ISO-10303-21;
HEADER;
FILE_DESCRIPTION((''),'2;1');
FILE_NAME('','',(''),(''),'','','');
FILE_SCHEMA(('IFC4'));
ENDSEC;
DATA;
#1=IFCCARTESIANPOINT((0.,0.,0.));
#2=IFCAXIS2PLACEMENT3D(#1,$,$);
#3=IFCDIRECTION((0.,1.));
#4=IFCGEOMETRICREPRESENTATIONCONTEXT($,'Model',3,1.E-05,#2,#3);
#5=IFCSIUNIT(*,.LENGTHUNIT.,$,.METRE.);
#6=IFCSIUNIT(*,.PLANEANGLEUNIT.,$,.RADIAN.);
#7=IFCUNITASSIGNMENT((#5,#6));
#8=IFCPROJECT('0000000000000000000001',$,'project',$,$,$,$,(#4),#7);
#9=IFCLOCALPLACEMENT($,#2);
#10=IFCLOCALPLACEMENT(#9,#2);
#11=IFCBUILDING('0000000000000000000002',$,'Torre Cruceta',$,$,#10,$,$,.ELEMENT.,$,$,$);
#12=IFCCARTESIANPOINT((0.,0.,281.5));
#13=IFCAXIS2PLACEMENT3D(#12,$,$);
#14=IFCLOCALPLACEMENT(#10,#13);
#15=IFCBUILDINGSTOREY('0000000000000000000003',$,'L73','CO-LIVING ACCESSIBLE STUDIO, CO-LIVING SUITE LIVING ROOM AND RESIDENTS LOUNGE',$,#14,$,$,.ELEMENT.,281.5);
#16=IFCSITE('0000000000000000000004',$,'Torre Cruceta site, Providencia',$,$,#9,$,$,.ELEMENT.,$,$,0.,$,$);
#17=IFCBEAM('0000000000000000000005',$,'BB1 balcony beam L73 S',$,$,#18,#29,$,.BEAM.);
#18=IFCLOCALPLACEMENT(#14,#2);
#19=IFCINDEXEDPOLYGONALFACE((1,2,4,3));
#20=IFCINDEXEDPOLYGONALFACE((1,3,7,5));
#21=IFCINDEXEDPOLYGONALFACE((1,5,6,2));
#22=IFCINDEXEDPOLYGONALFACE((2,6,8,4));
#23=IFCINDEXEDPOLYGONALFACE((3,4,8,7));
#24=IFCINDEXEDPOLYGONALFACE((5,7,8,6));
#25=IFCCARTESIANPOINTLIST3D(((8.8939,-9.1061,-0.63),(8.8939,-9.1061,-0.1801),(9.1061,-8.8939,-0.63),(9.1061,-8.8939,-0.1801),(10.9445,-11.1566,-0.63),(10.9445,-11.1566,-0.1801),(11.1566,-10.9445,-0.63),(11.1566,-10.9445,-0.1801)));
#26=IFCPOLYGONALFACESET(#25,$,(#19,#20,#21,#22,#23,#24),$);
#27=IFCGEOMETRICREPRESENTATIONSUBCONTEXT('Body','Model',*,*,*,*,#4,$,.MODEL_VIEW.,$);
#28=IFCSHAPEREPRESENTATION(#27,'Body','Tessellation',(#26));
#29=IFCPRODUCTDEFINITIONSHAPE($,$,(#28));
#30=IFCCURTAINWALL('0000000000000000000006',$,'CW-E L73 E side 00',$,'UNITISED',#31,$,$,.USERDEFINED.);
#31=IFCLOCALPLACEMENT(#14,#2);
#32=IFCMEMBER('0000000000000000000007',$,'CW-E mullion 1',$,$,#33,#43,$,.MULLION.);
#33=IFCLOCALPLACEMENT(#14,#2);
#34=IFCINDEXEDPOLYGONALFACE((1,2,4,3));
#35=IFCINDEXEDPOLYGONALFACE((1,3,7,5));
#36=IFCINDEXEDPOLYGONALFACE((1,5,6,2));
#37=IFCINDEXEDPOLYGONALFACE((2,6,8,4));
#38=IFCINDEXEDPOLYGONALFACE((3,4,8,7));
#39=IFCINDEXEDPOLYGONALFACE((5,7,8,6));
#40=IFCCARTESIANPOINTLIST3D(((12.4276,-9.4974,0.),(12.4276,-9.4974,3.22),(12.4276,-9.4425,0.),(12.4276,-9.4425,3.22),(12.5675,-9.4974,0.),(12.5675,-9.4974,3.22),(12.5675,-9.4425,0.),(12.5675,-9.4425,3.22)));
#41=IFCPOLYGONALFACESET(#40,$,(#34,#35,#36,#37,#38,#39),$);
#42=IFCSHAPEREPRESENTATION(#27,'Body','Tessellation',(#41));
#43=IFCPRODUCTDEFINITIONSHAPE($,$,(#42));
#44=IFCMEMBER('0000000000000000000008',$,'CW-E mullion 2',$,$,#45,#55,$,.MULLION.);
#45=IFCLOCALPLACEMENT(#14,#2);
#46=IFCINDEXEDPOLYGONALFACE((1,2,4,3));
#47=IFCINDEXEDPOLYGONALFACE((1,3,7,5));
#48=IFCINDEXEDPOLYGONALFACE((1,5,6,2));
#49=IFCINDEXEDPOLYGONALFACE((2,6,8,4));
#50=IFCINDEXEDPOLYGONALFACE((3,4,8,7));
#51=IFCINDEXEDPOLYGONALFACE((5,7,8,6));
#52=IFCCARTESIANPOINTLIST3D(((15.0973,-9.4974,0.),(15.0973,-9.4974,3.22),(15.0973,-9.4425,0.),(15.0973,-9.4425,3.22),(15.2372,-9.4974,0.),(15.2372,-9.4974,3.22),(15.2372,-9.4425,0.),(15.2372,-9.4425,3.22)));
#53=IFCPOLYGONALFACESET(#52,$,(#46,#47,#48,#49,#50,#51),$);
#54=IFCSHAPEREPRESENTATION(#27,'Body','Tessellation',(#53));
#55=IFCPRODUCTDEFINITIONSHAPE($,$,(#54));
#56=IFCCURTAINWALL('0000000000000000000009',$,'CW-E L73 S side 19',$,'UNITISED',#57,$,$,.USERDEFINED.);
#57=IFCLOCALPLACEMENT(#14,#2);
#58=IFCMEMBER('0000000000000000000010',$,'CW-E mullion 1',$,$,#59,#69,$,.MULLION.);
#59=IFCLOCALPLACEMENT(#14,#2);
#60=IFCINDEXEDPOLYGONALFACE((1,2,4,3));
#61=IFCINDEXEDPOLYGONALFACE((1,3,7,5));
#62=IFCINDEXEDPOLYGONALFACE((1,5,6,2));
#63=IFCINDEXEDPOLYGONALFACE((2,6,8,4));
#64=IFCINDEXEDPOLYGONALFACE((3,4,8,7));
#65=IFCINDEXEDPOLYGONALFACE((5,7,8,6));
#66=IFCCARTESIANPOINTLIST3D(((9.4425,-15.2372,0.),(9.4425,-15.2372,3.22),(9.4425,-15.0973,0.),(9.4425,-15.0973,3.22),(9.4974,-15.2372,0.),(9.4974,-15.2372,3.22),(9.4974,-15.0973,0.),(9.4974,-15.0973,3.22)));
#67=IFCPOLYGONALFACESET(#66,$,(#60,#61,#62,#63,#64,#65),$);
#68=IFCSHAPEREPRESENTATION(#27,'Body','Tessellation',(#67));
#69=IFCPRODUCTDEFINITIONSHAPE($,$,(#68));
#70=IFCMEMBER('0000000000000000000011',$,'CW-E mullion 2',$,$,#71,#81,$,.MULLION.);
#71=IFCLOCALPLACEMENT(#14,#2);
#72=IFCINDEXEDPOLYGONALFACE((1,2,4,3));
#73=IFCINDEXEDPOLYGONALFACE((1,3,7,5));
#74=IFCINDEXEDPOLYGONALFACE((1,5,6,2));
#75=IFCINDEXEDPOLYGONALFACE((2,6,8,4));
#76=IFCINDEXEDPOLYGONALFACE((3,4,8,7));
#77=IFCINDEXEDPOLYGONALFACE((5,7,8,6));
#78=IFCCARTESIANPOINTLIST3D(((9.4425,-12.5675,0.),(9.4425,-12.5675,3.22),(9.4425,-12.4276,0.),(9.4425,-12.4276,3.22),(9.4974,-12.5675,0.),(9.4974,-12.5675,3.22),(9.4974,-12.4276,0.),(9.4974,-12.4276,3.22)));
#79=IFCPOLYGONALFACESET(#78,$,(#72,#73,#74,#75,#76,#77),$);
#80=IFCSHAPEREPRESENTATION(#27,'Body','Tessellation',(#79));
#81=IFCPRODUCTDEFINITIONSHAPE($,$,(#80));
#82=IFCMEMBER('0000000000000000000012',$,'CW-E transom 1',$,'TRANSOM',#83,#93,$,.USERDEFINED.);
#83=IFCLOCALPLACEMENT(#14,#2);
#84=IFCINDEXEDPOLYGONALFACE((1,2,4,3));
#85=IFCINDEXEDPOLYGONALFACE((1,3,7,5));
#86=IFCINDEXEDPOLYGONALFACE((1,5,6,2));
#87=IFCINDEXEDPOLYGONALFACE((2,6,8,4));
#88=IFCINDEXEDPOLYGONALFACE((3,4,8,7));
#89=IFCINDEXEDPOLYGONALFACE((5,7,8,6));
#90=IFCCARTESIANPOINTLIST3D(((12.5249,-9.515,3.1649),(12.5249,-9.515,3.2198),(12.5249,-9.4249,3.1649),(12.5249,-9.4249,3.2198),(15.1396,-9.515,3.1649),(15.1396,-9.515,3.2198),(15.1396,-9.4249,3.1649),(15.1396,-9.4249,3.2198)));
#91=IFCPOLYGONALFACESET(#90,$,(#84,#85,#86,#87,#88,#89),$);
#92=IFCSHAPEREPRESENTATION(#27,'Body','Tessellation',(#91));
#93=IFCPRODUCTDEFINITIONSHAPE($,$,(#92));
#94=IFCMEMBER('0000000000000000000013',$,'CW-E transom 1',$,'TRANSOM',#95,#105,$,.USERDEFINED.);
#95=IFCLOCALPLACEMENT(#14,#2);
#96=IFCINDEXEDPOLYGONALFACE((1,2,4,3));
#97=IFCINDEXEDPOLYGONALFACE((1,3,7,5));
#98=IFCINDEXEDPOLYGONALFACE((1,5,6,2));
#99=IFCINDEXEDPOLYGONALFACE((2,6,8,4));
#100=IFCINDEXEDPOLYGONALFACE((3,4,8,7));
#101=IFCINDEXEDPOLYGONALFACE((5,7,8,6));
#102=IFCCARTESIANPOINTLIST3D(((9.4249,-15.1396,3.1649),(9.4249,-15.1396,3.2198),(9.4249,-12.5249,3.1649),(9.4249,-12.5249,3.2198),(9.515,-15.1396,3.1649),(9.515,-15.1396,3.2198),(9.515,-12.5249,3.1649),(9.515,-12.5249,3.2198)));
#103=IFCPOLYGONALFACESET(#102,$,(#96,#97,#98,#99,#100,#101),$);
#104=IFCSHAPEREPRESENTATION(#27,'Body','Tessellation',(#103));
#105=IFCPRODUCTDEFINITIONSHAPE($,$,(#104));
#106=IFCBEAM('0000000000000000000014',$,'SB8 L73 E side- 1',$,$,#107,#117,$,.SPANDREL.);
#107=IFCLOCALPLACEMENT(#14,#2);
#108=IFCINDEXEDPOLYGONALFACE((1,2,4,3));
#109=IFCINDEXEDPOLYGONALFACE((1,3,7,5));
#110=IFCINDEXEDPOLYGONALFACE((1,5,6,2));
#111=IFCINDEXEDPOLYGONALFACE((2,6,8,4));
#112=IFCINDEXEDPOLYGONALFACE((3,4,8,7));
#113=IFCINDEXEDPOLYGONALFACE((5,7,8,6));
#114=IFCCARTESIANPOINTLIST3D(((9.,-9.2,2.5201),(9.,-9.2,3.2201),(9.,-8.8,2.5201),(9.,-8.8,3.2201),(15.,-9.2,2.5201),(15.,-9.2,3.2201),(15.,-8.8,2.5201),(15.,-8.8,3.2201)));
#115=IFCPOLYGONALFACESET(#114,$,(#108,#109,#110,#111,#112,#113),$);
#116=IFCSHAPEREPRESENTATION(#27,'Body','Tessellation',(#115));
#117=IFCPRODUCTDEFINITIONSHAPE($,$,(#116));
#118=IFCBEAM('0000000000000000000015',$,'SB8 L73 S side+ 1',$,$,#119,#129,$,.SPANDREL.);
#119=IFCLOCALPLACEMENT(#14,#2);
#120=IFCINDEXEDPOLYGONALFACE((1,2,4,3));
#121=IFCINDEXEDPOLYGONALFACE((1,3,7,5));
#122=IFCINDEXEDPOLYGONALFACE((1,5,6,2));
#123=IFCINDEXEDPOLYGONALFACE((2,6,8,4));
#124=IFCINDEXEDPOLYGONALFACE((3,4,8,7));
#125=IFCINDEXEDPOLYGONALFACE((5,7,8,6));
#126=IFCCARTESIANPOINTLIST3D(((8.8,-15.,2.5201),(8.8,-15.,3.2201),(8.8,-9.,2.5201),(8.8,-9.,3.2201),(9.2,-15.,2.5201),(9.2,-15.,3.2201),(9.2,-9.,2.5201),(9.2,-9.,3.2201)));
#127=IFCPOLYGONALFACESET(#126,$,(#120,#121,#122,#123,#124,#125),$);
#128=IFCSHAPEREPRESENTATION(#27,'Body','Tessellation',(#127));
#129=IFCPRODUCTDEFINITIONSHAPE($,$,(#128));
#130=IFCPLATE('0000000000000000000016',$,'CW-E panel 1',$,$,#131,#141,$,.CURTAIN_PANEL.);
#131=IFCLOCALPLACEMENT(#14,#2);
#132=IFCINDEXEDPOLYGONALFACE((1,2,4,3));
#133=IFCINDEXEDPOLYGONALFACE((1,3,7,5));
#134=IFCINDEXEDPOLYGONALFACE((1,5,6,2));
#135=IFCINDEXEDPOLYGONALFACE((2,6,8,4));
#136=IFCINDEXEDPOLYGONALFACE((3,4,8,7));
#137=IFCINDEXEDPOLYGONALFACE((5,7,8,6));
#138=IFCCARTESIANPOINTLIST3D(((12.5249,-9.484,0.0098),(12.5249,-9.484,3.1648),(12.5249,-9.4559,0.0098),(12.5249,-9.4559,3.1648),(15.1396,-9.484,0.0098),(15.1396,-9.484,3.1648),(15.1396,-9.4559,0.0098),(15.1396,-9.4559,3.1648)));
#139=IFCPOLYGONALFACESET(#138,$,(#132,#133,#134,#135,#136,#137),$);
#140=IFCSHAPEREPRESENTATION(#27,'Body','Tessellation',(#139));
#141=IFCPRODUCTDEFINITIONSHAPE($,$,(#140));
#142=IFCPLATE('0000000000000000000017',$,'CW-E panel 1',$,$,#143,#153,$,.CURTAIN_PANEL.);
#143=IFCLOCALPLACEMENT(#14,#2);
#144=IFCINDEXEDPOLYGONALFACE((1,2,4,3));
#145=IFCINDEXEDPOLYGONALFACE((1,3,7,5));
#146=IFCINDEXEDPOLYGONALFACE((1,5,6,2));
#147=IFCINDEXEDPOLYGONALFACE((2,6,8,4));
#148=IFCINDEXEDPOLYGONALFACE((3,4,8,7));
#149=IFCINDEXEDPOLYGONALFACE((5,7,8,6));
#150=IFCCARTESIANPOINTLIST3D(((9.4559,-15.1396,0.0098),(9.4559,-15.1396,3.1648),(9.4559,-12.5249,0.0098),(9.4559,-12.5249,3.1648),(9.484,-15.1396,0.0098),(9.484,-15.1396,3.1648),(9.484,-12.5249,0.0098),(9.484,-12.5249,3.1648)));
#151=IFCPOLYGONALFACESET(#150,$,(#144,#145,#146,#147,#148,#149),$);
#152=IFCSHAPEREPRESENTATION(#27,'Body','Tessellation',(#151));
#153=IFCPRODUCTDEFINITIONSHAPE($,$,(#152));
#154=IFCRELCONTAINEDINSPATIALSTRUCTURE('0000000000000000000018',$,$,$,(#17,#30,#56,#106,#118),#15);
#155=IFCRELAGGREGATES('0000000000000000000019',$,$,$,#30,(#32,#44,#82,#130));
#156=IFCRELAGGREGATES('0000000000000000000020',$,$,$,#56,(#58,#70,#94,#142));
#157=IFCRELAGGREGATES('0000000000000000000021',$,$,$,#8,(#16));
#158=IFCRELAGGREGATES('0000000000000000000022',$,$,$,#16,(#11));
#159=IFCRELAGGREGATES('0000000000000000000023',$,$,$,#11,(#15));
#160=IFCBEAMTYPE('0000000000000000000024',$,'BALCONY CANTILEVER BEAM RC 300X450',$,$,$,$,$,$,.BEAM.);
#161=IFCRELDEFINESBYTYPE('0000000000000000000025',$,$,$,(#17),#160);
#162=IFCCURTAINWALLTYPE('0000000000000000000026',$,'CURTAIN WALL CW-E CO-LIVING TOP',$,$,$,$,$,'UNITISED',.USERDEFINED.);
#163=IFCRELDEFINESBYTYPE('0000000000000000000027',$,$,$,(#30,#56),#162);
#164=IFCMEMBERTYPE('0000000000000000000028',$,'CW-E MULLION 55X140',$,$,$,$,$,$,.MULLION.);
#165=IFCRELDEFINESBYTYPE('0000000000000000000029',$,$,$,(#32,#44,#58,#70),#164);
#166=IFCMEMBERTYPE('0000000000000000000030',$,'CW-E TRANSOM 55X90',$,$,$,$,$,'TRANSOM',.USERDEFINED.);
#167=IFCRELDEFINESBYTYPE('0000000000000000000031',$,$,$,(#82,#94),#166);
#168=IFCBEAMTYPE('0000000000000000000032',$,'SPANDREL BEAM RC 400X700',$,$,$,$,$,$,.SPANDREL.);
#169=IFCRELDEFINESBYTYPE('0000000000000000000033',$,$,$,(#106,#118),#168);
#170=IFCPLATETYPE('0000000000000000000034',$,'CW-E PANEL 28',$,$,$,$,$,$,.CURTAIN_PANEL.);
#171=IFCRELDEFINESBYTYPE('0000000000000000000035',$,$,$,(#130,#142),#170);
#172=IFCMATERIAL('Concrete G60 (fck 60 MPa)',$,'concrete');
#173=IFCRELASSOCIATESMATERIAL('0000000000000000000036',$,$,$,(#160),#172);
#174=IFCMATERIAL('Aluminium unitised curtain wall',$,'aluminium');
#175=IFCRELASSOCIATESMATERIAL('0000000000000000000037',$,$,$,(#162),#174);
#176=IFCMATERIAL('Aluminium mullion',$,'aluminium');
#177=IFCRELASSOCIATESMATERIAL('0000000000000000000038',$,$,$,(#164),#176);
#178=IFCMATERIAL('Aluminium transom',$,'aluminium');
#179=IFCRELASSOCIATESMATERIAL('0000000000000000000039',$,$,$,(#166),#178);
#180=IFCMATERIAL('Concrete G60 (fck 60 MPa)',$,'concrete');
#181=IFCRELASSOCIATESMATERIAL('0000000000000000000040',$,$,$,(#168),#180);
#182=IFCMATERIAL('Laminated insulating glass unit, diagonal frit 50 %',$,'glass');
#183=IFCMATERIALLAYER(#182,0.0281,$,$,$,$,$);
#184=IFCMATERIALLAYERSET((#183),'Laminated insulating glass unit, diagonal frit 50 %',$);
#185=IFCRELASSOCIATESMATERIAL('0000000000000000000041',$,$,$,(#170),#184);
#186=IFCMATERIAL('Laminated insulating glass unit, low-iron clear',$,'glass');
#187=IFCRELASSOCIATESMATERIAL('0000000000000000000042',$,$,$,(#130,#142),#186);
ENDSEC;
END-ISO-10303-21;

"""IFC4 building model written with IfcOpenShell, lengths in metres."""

from ifc_helpers import new_model, si_unit, direction, frame, origin, origin_2d, place, context, subcontext, project, spatial, rectangle, extrude, material, layer, layer_set, material_profile, profile_set, type_object, element, aggregate, save


model = new_model("IFC4")

# Units and contexts
model_context = context("Model", 3, precision=1e-05, world=origin(), true_north=direction((0.0, 1.0)))
body_context = subcontext(model_context, "Body", "Model", "MODEL_VIEW")
ifc_project = project(units=[si_unit("LENGTHUNIT", "METRE"), si_unit("PLANEANGLEUNIT", "RADIAN")], contexts=[model_context])

# Site, building, storey
site_placement = place(None, origin())
site = spatial("IfcSite", under=ifc_project, at=site_placement, Name="Torre Cruceta site, Providencia", CompositionType="ELEMENT", RefElevation=0.0)
building_placement = place(site_placement, origin())
building = spatial("IfcBuilding", under=site, at=building_placement, Name="Torre Cruceta", CompositionType="ELEMENT")
storey_placement = place(building_placement, frame((0.0, 0.0, 281.5)))
storey = spatial("IfcBuildingStorey", under=building, at=storey_placement, Name="L73", Description="CO-LIVING ACCESSIBLE STUDIO, CO-LIVING SUITE LIVING ROOM AND RESIDENTS LOUNGE", CompositionType="ELEMENT", Elevation=281.5)

# Beam
ifc_material_1 = material(Name="Concrete G60 (fck 60 MPa)", Category="concrete")
ifc_material_profile_1 = material_profile(ifc_material_1, rectangle(XDim=0.3, YDim=0.45, at=origin_2d()), Name="RC 300X450")
ifc_profile_set_1 = profile_set([ifc_material_profile_1], Name="Concrete G60 (fck 60 MPa)")
beam_type_1 = type_object("IfcBeamType", Name="BALCONY CANTILEVER BEAM RC 300X450", PredefinedType="BEAM", material=ifc_profile_set_1)
beam_placement = place(storey_placement, frame((9.0, -9.0, -0.405), z_axis=(0.707107, -0.707107, 0.0), x_axis=(0.707107, 0.707107, 0.0)))
element("IfcBeam", 1, at=beam_placement, inside=storey, type_object=beam_type_1, Name="BB1 balcony beam L73 S", PredefinedType="BEAM", context=body_context, shape_type="SweptSolid", body=[
    extrude(rectangle(XDim=0.3, YDim=0.45, at=origin_2d()), origin(), (0.0, 0.0, 1.0), 2.8999),
])

# Curtain walls, members
ifc_material_2 = material(Name="Aluminium unitised curtain wall", Category="aluminium")
curtain_wall_type = type_object("IfcCurtainWallType", Name="CURTAIN WALL CW-E CO-LIVING TOP", ElementType="UNITISED", PredefinedType="USERDEFINED", material=ifc_material_2)
curtain_wall_1_placement = place(storey_placement, origin())
curtain_wall_1 = element("IfcCurtainWall", 2, at=curtain_wall_1_placement, inside=storey, type_object=curtain_wall_type, Name="CW-E L73 E side 00", ObjectType="UNITISED", PredefinedType="USERDEFINED")
ifc_material_3 = material(Name="Aluminium mullion", Category="aluminium")
ifc_material_profile_2 = material_profile(ifc_material_3, rectangle(XDim=0.0549, YDim=0.1399, at=origin_2d()), Name="AL 55X140")
ifc_profile_set_2 = profile_set([ifc_material_profile_2], Name="Aluminium mullion")
member_type_1 = type_object("IfcMemberType", Name="CW-E MULLION 55X140", PredefinedType="MULLION", material=ifc_profile_set_2)
member_1_placement = place(storey_placement, frame((12.4976, -9.47, 0.0), z_axis=(0.0, 0.0, 1.0), x_axis=(0.0, 1.0, 0.0)))
member_1 = element("IfcMember", 3, at=member_1_placement, type_object=member_type_1, Name="CW-E mullion 1", PredefinedType="MULLION", context=body_context, shape_type="SweptSolid", body=[
    extrude(rectangle(XDim=0.0549, YDim=0.1399, at=origin_2d()), origin(), (0.0, 0.0, 1.0), 3.22),
])
member_2_placement = place(storey_placement, frame((15.1672, -9.47, 0.0), z_axis=(0.0, 0.0, 1.0), x_axis=(0.0, 1.0, 0.0)))
member_2 = element("IfcMember", 4, at=member_2_placement, type_object=member_type_1, Name="CW-E mullion 2", PredefinedType="MULLION", context=body_context, shape_type="SweptSolid", body=[
    extrude(rectangle(XDim=0.0549, YDim=0.1399, at=origin_2d()), origin(), (0.0, 0.0, 1.0), 3.22),
])
curtain_wall_2_placement = place(storey_placement, origin())
curtain_wall_2 = element("IfcCurtainWall", 5, at=curtain_wall_2_placement, inside=storey, type_object=curtain_wall_type, Name="CW-E L73 S side 19", ObjectType="UNITISED", PredefinedType="USERDEFINED")
member_3_placement = place(storey_placement, frame((9.47, -15.1672, 0.0), z_axis=(0.0, 0.0, 1.0), x_axis=(-1.0, 0.0, 0.0)))
member_3 = element("IfcMember", 6, at=member_3_placement, type_object=member_type_1, Name="CW-E mullion 1", PredefinedType="MULLION", context=body_context, shape_type="SweptSolid", body=[
    extrude(rectangle(XDim=0.0549, YDim=0.1399, at=origin_2d()), origin(), (0.0, 0.0, 1.0), 3.22),
])
member_4_placement = place(storey_placement, frame((9.47, -12.4976, 0.0), z_axis=(0.0, 0.0, 1.0), x_axis=(-1.0, 0.0, 0.0)))
member_4 = element("IfcMember", 7, at=member_4_placement, type_object=member_type_1, Name="CW-E mullion 2", PredefinedType="MULLION", context=body_context, shape_type="SweptSolid", body=[
    extrude(rectangle(XDim=0.0549, YDim=0.1399, at=origin_2d()), origin(), (0.0, 0.0, 1.0), 3.22),
])

# Members
ifc_material_4 = material(Name="Aluminium transom", Category="aluminium")
ifc_material_profile_3 = material_profile(ifc_material_4, rectangle(XDim=0.0901, YDim=0.0549, at=origin_2d()), Name="AL 90X55")
ifc_profile_set_3 = profile_set([ifc_material_profile_3], Name="Aluminium transom")
member_type_2 = type_object("IfcMemberType", Name="CW-E TRANSOM 55X90", ElementType="TRANSOM", PredefinedType="USERDEFINED", material=ifc_profile_set_3)
member_5_placement = place(storey_placement, frame((12.5249, -9.47, 3.1924), z_axis=(1.0, 0.0, 0.0), x_axis=(0.0, 1.0, 0.0)))
member_5 = element("IfcMember", 8, at=member_5_placement, type_object=member_type_2, Name="CW-E transom 1", ObjectType="TRANSOM", PredefinedType="USERDEFINED", context=body_context, shape_type="SweptSolid", body=[
    extrude(rectangle(XDim=0.0901, YDim=0.0549, at=origin_2d()), origin(), (0.0, 0.0, 1.0), 2.6147),
])
member_6_placement = place(storey_placement, frame((9.47, -15.1396, 3.1924), z_axis=(0.0, 1.0, 0.0), x_axis=(-1.0, 0.0, 0.0)))
member_6 = element("IfcMember", 9, at=member_6_placement, type_object=member_type_2, Name="CW-E transom 1", ObjectType="TRANSOM", PredefinedType="USERDEFINED", context=body_context, shape_type="SweptSolid", body=[
    extrude(rectangle(XDim=0.0901, YDim=0.0549, at=origin_2d()), origin(), (0.0, 0.0, 1.0), 2.6147),
])

# Beams
ifc_material_5 = material(Name="Concrete G60 (fck 60 MPa)", Category="concrete")
ifc_material_profile_4 = material_profile(ifc_material_5, rectangle(XDim=0.3999, YDim=0.7, at=origin_2d()), Name="RC 400X700")
ifc_profile_set_4 = profile_set([ifc_material_profile_4], Name="Concrete G60 (fck 60 MPa)")
beam_type_2 = type_object("IfcBeamType", Name="SPANDREL BEAM RC 400X700", PredefinedType="SPANDREL", material=ifc_profile_set_4)
for number, where, z_axis, x_axis, name in (
    (10, (9.0, -9.0, 2.8701), (1.0, 0.0, 0.0), (0.0, 1.0, 0.0), "SB8 L73 E side- 1"),
    (11, (9.0, -9.0, 2.8701), (0.0, -1.0, 0.0), (1.0, 0.0, 0.0), "SB8 L73 S side+ 1"),
):
    element("IfcBeam", number, at=place(storey_placement, frame(where, z_axis=z_axis, x_axis=x_axis)), inside=storey, type_object=beam_type_2, Name=name, PredefinedType="SPANDREL", context=body_context, shape_type="SweptSolid", body=[
        extrude(rectangle(XDim=0.3999, YDim=0.7, at=origin_2d()), origin(), (0.0, 0.0, 1.0), 6.0),
    ])

# Plates
ifc_material_6 = material(Name="Laminated insulating glass unit, low-iron clear", Category="glass")
ifc_material_7 = material(Name="Laminated insulating glass unit, diagonal frit 50 %", Category="glass")
ifc_layer_1 = layer(ifc_material_7, 0.0281)
ifc_layer_set_1 = layer_set([ifc_layer_1], Name="Laminated insulating glass unit, diagonal frit 50 %")
plate_type = type_object("IfcPlateType", Name="CW-E PANEL 28", PredefinedType="CURTAIN_PANEL", material=ifc_layer_set_1)
plate_1_placement = place(storey_placement, frame((13.8323, -9.47, 0.0098), z_axis=(0.0, 0.0, 1.0), x_axis=(1.0, 0.0, 0.0)))
plate_1 = element("IfcPlate", 12, at=plate_1_placement, type_object=plate_type, material=ifc_material_6, Name="CW-E panel 1", PredefinedType="CURTAIN_PANEL", context=body_context, shape_type="SweptSolid", body=[
    extrude(rectangle(XDim=2.6147, YDim=0.0281, at=origin_2d()), origin(), (0.0, 0.0, 1.0), 3.155),
])
aggregate(curtain_wall_1, [member_1, member_2, member_5, plate_1])
plate_2_placement = place(storey_placement, frame((9.47, -13.8323, 0.0098), z_axis=(0.0, 0.0, 1.0), x_axis=(0.0, 1.0, 0.0)))
plate_2 = element("IfcPlate", 13, at=plate_2_placement, type_object=plate_type, material=ifc_material_6, Name="CW-E panel 1", PredefinedType="CURTAIN_PANEL", context=body_context, shape_type="SweptSolid", body=[
    extrude(rectangle(XDim=2.6147, YDim=0.0281, at=origin_2d()), origin(), (0.0, 0.0, 1.0), 3.155),
])
aggregate(curtain_wall_2, [member_3, member_4, member_6, plate_2])

save(model, "model.ifc")
